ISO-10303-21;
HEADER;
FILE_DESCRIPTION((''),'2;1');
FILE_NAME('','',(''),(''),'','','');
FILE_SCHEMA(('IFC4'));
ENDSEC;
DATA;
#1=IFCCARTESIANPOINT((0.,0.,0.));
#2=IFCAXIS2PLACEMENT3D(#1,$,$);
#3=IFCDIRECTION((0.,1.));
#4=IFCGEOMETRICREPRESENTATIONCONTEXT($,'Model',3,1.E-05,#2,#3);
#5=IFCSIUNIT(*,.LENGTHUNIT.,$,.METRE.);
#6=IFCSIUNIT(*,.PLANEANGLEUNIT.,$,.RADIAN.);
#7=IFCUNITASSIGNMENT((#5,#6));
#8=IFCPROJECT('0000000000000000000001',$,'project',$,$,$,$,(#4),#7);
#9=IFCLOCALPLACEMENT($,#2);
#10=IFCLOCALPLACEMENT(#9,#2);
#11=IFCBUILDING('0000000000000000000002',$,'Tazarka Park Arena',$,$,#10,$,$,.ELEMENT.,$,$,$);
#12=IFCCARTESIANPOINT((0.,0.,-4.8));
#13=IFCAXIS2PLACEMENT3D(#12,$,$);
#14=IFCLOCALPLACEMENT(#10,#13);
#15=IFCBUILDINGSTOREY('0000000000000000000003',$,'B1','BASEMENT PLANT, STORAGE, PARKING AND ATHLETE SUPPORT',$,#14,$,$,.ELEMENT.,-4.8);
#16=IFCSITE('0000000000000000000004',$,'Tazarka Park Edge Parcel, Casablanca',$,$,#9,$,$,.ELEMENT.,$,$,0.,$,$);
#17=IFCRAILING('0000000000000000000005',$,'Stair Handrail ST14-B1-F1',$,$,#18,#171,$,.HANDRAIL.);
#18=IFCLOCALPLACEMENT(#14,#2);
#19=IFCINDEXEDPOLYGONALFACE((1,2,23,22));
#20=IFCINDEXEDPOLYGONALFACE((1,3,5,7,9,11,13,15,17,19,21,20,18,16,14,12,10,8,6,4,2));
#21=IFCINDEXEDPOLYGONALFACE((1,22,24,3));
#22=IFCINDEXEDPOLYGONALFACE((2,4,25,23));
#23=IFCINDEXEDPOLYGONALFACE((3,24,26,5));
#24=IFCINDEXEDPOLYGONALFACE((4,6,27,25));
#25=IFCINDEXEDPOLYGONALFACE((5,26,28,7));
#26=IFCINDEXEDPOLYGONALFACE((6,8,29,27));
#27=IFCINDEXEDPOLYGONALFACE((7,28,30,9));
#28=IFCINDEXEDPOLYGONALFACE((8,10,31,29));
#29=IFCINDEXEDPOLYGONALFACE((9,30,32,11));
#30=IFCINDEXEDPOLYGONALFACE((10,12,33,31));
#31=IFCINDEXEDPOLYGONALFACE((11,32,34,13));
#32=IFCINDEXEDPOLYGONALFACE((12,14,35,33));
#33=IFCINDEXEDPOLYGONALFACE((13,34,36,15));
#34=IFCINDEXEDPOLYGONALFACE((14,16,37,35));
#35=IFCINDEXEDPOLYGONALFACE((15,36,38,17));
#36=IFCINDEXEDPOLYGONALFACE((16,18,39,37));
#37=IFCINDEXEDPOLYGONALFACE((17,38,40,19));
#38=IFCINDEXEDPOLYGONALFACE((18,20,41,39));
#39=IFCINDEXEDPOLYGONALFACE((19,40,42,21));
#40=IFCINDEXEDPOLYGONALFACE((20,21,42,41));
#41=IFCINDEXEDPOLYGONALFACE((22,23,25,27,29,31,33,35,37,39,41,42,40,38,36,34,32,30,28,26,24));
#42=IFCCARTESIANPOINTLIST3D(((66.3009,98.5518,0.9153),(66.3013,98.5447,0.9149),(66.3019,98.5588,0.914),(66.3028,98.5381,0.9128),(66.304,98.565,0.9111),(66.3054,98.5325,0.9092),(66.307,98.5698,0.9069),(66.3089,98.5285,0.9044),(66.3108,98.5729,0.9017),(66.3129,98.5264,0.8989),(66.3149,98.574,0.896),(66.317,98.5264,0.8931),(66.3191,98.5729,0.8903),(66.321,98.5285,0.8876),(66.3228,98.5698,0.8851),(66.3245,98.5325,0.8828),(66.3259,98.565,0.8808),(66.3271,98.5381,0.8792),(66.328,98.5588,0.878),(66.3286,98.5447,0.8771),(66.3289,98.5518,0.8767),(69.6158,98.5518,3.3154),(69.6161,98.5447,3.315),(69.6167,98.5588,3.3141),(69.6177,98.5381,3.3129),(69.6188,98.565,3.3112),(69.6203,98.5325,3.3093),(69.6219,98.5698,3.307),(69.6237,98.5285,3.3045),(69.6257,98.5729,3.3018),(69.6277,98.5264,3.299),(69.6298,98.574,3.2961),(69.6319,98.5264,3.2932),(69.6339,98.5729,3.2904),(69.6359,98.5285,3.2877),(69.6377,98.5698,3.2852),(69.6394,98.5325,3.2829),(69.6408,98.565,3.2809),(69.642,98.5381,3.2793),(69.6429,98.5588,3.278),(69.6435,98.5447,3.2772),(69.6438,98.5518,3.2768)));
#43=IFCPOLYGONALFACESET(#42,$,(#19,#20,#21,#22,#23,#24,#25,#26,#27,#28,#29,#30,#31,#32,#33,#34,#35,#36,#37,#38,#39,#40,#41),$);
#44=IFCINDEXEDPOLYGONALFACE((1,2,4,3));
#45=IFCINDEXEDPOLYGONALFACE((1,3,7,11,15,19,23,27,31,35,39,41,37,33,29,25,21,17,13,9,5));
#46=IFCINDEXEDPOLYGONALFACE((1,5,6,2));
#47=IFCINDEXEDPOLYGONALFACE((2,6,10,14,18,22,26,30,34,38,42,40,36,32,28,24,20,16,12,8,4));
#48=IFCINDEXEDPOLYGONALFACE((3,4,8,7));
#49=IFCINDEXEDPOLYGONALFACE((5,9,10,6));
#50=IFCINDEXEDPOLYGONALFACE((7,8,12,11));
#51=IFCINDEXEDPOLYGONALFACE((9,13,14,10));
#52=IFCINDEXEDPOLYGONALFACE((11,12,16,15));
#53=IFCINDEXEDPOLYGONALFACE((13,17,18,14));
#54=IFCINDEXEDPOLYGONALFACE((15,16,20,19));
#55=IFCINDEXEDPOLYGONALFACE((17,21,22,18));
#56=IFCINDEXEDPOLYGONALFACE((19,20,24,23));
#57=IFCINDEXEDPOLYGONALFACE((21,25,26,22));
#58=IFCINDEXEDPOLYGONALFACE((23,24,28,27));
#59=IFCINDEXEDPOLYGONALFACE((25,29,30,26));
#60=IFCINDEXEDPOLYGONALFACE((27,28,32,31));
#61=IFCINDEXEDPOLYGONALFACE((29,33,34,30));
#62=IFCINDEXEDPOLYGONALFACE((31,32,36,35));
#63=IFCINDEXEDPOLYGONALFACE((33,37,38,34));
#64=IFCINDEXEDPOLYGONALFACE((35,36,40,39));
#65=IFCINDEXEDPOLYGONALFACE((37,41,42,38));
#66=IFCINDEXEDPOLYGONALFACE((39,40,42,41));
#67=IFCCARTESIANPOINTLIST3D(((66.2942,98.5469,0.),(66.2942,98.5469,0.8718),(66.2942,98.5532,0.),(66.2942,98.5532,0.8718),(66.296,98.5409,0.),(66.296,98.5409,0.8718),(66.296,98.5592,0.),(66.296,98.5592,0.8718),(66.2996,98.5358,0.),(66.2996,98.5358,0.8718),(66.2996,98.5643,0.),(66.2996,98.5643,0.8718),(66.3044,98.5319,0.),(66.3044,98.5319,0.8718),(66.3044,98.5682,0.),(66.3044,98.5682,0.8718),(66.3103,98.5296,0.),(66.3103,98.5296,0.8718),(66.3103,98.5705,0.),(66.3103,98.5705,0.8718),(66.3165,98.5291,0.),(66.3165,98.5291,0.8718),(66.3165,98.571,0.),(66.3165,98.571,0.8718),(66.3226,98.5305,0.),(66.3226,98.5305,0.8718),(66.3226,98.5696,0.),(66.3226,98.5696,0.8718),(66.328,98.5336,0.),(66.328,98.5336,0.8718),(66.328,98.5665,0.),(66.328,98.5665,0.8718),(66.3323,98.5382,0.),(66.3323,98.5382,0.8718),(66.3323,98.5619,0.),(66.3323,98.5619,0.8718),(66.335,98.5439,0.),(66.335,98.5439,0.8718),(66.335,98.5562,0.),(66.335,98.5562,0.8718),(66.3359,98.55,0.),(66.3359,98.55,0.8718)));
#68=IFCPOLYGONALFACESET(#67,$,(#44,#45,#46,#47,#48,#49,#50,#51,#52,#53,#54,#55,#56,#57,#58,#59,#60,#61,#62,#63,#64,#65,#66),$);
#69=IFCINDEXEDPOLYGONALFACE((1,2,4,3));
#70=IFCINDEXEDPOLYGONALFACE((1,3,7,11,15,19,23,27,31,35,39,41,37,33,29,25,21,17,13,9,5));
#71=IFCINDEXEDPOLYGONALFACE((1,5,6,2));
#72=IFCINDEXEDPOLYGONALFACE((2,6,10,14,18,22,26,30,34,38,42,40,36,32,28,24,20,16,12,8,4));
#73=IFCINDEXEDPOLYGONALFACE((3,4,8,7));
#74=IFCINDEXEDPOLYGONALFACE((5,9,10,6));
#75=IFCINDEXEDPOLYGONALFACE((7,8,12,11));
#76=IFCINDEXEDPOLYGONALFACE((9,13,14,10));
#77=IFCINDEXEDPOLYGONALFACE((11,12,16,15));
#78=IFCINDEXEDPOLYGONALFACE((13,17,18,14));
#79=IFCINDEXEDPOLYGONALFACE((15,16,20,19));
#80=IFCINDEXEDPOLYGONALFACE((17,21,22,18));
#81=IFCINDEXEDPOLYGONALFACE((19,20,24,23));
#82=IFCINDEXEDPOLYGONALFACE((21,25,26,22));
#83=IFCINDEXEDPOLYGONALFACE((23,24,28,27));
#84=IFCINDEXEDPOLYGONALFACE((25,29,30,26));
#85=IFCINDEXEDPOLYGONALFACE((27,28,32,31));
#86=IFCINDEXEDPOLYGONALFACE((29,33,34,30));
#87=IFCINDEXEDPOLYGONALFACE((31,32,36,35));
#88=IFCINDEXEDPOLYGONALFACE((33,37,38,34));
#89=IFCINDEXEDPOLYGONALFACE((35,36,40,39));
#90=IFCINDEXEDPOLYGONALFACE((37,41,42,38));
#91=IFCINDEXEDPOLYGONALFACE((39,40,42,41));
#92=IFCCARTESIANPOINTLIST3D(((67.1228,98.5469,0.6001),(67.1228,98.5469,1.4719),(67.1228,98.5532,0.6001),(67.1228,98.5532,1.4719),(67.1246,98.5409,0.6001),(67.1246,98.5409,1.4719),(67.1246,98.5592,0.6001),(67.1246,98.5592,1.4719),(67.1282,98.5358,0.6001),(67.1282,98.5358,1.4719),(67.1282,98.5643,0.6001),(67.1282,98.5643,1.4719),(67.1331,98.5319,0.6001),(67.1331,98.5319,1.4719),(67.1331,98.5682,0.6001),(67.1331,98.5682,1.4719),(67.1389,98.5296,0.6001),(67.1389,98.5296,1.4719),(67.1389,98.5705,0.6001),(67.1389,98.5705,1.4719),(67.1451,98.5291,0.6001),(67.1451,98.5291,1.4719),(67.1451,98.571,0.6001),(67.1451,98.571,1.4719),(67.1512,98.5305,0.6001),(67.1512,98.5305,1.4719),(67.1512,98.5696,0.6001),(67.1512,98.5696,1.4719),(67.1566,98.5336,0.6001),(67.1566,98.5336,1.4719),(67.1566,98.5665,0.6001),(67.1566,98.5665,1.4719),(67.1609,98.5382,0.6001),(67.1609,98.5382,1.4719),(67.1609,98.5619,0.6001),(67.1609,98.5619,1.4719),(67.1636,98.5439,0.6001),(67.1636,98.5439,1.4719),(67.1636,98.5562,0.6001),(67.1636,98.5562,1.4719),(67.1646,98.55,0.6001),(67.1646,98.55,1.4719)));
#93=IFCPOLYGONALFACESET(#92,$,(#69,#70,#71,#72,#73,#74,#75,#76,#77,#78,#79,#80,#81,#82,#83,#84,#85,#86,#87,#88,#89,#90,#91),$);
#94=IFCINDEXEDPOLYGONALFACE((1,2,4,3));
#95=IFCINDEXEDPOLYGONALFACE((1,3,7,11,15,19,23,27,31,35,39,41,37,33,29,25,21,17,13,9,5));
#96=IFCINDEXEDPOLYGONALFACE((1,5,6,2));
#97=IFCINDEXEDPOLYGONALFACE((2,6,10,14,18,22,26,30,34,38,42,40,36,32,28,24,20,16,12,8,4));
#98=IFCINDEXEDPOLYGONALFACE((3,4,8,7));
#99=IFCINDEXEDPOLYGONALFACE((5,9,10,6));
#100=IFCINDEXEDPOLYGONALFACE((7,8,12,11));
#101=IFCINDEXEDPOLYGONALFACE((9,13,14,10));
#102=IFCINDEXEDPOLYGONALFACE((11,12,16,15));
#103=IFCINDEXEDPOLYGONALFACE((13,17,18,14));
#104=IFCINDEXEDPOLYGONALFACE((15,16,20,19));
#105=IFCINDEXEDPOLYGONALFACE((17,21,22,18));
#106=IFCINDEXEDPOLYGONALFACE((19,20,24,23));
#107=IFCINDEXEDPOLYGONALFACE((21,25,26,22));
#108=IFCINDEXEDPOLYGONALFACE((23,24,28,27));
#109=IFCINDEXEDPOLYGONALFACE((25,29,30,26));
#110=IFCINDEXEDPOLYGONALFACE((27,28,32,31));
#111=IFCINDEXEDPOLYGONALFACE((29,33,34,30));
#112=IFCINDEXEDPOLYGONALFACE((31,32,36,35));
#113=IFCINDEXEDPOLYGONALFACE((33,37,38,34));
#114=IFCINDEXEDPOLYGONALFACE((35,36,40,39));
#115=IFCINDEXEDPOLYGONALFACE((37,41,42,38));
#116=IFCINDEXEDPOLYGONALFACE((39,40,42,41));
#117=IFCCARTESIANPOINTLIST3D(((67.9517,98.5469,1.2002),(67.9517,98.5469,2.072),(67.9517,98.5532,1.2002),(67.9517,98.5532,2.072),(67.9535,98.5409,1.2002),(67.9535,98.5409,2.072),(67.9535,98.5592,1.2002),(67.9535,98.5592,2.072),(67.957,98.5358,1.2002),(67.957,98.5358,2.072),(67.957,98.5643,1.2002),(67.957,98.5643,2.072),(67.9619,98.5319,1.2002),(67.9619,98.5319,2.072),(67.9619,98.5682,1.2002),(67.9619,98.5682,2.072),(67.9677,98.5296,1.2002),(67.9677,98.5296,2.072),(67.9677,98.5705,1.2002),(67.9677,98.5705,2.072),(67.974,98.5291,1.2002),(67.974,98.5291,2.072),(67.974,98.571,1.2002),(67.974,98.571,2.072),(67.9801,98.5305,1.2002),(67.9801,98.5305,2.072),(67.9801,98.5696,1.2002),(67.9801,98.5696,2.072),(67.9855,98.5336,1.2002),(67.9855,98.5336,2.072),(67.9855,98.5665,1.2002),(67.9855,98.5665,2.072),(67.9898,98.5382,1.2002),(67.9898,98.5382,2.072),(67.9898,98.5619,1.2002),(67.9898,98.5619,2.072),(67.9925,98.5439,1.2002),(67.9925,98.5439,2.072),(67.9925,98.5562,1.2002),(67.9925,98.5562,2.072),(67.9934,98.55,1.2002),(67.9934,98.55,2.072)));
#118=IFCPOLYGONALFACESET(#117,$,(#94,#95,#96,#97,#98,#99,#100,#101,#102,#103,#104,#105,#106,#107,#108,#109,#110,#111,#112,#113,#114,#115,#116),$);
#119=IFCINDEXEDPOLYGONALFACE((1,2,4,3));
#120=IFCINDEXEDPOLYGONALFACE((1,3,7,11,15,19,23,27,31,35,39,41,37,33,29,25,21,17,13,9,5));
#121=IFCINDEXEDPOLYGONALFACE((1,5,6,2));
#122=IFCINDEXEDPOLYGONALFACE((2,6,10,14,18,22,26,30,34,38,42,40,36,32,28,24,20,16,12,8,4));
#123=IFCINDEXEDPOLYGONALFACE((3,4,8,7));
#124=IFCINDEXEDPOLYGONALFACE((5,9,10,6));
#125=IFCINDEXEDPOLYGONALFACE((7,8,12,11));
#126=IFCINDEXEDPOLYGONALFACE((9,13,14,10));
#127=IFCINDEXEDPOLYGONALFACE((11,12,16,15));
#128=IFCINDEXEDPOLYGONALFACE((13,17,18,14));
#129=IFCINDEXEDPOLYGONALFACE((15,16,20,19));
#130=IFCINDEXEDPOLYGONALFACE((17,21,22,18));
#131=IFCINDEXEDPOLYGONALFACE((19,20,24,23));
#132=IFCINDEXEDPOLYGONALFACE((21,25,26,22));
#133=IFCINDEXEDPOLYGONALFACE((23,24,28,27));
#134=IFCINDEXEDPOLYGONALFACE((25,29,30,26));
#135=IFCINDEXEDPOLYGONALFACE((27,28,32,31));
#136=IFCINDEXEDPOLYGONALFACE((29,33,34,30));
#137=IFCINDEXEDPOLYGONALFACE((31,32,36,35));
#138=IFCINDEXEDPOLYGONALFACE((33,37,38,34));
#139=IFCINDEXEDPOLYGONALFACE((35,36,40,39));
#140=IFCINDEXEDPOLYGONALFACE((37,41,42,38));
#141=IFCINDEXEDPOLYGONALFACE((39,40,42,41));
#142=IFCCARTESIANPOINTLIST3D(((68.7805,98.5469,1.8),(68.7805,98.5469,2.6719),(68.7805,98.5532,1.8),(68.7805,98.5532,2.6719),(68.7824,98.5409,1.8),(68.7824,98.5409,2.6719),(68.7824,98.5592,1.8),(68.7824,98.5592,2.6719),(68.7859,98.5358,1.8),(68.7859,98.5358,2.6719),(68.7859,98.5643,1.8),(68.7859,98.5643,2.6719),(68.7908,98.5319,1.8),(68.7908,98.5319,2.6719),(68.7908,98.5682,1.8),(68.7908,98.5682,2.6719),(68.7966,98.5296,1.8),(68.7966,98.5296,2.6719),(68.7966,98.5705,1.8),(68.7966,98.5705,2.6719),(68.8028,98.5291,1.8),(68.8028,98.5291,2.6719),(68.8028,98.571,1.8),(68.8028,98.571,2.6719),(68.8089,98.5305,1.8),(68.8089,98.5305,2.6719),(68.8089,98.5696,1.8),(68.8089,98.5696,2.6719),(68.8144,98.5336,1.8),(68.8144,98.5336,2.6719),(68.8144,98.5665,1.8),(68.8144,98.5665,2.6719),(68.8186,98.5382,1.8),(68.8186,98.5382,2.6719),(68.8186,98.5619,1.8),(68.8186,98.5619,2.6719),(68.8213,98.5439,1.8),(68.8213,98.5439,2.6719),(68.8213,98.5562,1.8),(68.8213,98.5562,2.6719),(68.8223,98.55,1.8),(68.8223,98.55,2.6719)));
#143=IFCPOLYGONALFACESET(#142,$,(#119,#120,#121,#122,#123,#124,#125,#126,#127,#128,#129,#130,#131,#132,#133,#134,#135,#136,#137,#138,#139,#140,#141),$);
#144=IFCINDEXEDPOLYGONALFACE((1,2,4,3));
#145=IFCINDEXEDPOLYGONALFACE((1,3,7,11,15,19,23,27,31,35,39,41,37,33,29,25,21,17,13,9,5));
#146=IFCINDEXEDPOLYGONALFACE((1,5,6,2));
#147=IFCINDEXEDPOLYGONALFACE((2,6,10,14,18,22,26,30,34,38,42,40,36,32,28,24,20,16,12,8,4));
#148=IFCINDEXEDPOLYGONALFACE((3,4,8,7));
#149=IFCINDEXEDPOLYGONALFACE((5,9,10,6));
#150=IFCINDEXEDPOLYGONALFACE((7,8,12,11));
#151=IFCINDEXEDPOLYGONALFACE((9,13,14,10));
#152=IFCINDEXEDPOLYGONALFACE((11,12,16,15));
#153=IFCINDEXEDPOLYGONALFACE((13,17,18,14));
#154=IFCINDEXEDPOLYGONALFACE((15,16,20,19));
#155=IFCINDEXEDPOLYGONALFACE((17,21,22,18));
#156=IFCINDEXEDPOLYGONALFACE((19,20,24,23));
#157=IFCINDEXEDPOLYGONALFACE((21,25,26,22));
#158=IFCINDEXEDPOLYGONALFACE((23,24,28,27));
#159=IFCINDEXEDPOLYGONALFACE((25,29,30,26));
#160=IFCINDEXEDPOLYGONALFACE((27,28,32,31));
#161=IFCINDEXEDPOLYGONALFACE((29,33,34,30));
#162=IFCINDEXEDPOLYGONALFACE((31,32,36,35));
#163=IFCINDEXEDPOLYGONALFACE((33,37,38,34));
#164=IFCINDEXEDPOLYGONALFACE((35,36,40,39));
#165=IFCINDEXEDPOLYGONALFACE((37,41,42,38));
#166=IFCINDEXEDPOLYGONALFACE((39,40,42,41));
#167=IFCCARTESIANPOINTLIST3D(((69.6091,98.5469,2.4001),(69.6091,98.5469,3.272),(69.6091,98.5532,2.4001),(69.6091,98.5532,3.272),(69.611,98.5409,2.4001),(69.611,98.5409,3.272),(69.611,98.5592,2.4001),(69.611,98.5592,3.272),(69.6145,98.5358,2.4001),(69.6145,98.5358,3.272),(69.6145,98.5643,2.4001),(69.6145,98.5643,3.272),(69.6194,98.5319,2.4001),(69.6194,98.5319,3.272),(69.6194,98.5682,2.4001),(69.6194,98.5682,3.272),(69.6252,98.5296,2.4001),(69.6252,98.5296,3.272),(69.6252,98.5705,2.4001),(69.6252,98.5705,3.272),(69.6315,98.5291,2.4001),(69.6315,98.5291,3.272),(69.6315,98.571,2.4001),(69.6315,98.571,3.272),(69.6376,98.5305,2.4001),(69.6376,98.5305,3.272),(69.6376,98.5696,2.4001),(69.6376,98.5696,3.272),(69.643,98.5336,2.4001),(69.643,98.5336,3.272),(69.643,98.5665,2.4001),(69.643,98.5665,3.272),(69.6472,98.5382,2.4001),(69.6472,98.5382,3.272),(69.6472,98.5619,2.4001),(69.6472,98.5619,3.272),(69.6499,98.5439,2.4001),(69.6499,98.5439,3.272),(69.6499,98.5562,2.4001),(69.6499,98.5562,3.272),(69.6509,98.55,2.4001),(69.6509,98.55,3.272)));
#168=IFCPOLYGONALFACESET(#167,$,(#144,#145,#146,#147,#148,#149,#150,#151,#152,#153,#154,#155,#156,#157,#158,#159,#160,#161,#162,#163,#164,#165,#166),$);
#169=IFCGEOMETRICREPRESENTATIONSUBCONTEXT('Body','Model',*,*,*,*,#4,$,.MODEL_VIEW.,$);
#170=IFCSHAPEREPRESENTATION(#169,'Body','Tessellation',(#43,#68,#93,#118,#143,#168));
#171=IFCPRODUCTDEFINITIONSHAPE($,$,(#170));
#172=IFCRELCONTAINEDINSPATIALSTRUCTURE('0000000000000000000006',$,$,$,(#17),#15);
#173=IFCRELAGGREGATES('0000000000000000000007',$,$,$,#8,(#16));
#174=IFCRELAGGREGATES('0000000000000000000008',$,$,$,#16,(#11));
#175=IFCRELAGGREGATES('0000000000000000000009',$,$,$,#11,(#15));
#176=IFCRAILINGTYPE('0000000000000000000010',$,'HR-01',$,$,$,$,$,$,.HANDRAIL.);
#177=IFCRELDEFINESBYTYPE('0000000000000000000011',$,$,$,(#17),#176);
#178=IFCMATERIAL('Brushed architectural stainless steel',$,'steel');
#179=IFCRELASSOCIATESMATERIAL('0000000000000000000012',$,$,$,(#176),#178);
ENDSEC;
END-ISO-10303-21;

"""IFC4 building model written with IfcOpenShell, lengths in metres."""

from ifc_helpers import new_model, si_unit, direction, frame, origin, origin_2d, place, context, subcontext, project, spatial, circle, extrude, material, type_object, element, save


model = new_model("IFC4")

# Units and contexts
model_context = context("Model", 3, precision=1e-05, world=origin(), true_north=direction((0.0, 1.0)))
body_context = subcontext(model_context, "Body", "Model", "MODEL_VIEW")
ifc_project = project(units=[si_unit("LENGTHUNIT", "METRE"), si_unit("PLANEANGLEUNIT", "RADIAN")], contexts=[model_context])

# Site, building, storey
site_placement = place(None, origin())
site = spatial("IfcSite", under=ifc_project, at=site_placement, Name="Tazarka Park Edge Parcel, Casablanca", CompositionType="ELEMENT", RefElevation=0.0)
building_placement = place(site_placement, origin())
building = spatial("IfcBuilding", under=site, at=building_placement, Name="Tazarka Park Arena", CompositionType="ELEMENT")
storey_placement = place(building_placement, frame((0.0, 0.0, -4.8)))
storey = spatial("IfcBuildingStorey", under=building, at=storey_placement, Name="B1", Description="BASEMENT PLANT, STORAGE, PARKING AND ATHLETE SUPPORT", CompositionType="ELEMENT", Elevation=-4.8)

# Railing
ifc_material_1 = material(Name="Brushed architectural stainless steel", Category="steel")
railing_type_1 = type_object("IfcRailingType", Name="HR-01", PredefinedType="HANDRAIL", material=ifc_material_1)
railing_1_placement = place(storey_placement, frame((66.3149, 98.55, 0.0)))
element("IfcRailing", 1, at=railing_1_placement, inside=storey, type_object=railing_type_1, Name="Stair Handrail ST14-B1-F1", PredefinedType="HANDRAIL", context=body_context, shape_type="SweptSolid", body=[
    extrude(circle(Radius=0.0239, at=origin_2d()), frame((0.0, 0.0, 0.896), z_axis=(0.80998, 0.0, 0.586457), x_axis=(0.0, 1.0, 0.0)), (0.0, 0.0, 1.0), 4.0925),
    extrude(circle(Radius=0.021, at=origin_2d()), origin(), (0.0, 0.0, 1.0), 0.8718),
    extrude(circle(Radius=0.021, at=origin_2d()), frame((0.8286, 0.0, 0.6001)), (0.0, 0.0, 1.0), 0.8718),
    extrude(circle(Radius=0.021, at=origin_2d()), frame((1.6575, 0.0, 1.2002)), (0.0, 0.0, 1.0), 0.8718),
    extrude(circle(Radius=0.021, at=origin_2d()), frame((2.4863, 0.0, 1.8)), (0.0, 0.0, 1.0), 0.8718),
    extrude(circle(Radius=0.021, at=origin_2d()), frame((3.3149, 0.0, 2.4001)), (0.0, 0.0, 1.0), 0.8718),
])

save(model, "model.ifc")
